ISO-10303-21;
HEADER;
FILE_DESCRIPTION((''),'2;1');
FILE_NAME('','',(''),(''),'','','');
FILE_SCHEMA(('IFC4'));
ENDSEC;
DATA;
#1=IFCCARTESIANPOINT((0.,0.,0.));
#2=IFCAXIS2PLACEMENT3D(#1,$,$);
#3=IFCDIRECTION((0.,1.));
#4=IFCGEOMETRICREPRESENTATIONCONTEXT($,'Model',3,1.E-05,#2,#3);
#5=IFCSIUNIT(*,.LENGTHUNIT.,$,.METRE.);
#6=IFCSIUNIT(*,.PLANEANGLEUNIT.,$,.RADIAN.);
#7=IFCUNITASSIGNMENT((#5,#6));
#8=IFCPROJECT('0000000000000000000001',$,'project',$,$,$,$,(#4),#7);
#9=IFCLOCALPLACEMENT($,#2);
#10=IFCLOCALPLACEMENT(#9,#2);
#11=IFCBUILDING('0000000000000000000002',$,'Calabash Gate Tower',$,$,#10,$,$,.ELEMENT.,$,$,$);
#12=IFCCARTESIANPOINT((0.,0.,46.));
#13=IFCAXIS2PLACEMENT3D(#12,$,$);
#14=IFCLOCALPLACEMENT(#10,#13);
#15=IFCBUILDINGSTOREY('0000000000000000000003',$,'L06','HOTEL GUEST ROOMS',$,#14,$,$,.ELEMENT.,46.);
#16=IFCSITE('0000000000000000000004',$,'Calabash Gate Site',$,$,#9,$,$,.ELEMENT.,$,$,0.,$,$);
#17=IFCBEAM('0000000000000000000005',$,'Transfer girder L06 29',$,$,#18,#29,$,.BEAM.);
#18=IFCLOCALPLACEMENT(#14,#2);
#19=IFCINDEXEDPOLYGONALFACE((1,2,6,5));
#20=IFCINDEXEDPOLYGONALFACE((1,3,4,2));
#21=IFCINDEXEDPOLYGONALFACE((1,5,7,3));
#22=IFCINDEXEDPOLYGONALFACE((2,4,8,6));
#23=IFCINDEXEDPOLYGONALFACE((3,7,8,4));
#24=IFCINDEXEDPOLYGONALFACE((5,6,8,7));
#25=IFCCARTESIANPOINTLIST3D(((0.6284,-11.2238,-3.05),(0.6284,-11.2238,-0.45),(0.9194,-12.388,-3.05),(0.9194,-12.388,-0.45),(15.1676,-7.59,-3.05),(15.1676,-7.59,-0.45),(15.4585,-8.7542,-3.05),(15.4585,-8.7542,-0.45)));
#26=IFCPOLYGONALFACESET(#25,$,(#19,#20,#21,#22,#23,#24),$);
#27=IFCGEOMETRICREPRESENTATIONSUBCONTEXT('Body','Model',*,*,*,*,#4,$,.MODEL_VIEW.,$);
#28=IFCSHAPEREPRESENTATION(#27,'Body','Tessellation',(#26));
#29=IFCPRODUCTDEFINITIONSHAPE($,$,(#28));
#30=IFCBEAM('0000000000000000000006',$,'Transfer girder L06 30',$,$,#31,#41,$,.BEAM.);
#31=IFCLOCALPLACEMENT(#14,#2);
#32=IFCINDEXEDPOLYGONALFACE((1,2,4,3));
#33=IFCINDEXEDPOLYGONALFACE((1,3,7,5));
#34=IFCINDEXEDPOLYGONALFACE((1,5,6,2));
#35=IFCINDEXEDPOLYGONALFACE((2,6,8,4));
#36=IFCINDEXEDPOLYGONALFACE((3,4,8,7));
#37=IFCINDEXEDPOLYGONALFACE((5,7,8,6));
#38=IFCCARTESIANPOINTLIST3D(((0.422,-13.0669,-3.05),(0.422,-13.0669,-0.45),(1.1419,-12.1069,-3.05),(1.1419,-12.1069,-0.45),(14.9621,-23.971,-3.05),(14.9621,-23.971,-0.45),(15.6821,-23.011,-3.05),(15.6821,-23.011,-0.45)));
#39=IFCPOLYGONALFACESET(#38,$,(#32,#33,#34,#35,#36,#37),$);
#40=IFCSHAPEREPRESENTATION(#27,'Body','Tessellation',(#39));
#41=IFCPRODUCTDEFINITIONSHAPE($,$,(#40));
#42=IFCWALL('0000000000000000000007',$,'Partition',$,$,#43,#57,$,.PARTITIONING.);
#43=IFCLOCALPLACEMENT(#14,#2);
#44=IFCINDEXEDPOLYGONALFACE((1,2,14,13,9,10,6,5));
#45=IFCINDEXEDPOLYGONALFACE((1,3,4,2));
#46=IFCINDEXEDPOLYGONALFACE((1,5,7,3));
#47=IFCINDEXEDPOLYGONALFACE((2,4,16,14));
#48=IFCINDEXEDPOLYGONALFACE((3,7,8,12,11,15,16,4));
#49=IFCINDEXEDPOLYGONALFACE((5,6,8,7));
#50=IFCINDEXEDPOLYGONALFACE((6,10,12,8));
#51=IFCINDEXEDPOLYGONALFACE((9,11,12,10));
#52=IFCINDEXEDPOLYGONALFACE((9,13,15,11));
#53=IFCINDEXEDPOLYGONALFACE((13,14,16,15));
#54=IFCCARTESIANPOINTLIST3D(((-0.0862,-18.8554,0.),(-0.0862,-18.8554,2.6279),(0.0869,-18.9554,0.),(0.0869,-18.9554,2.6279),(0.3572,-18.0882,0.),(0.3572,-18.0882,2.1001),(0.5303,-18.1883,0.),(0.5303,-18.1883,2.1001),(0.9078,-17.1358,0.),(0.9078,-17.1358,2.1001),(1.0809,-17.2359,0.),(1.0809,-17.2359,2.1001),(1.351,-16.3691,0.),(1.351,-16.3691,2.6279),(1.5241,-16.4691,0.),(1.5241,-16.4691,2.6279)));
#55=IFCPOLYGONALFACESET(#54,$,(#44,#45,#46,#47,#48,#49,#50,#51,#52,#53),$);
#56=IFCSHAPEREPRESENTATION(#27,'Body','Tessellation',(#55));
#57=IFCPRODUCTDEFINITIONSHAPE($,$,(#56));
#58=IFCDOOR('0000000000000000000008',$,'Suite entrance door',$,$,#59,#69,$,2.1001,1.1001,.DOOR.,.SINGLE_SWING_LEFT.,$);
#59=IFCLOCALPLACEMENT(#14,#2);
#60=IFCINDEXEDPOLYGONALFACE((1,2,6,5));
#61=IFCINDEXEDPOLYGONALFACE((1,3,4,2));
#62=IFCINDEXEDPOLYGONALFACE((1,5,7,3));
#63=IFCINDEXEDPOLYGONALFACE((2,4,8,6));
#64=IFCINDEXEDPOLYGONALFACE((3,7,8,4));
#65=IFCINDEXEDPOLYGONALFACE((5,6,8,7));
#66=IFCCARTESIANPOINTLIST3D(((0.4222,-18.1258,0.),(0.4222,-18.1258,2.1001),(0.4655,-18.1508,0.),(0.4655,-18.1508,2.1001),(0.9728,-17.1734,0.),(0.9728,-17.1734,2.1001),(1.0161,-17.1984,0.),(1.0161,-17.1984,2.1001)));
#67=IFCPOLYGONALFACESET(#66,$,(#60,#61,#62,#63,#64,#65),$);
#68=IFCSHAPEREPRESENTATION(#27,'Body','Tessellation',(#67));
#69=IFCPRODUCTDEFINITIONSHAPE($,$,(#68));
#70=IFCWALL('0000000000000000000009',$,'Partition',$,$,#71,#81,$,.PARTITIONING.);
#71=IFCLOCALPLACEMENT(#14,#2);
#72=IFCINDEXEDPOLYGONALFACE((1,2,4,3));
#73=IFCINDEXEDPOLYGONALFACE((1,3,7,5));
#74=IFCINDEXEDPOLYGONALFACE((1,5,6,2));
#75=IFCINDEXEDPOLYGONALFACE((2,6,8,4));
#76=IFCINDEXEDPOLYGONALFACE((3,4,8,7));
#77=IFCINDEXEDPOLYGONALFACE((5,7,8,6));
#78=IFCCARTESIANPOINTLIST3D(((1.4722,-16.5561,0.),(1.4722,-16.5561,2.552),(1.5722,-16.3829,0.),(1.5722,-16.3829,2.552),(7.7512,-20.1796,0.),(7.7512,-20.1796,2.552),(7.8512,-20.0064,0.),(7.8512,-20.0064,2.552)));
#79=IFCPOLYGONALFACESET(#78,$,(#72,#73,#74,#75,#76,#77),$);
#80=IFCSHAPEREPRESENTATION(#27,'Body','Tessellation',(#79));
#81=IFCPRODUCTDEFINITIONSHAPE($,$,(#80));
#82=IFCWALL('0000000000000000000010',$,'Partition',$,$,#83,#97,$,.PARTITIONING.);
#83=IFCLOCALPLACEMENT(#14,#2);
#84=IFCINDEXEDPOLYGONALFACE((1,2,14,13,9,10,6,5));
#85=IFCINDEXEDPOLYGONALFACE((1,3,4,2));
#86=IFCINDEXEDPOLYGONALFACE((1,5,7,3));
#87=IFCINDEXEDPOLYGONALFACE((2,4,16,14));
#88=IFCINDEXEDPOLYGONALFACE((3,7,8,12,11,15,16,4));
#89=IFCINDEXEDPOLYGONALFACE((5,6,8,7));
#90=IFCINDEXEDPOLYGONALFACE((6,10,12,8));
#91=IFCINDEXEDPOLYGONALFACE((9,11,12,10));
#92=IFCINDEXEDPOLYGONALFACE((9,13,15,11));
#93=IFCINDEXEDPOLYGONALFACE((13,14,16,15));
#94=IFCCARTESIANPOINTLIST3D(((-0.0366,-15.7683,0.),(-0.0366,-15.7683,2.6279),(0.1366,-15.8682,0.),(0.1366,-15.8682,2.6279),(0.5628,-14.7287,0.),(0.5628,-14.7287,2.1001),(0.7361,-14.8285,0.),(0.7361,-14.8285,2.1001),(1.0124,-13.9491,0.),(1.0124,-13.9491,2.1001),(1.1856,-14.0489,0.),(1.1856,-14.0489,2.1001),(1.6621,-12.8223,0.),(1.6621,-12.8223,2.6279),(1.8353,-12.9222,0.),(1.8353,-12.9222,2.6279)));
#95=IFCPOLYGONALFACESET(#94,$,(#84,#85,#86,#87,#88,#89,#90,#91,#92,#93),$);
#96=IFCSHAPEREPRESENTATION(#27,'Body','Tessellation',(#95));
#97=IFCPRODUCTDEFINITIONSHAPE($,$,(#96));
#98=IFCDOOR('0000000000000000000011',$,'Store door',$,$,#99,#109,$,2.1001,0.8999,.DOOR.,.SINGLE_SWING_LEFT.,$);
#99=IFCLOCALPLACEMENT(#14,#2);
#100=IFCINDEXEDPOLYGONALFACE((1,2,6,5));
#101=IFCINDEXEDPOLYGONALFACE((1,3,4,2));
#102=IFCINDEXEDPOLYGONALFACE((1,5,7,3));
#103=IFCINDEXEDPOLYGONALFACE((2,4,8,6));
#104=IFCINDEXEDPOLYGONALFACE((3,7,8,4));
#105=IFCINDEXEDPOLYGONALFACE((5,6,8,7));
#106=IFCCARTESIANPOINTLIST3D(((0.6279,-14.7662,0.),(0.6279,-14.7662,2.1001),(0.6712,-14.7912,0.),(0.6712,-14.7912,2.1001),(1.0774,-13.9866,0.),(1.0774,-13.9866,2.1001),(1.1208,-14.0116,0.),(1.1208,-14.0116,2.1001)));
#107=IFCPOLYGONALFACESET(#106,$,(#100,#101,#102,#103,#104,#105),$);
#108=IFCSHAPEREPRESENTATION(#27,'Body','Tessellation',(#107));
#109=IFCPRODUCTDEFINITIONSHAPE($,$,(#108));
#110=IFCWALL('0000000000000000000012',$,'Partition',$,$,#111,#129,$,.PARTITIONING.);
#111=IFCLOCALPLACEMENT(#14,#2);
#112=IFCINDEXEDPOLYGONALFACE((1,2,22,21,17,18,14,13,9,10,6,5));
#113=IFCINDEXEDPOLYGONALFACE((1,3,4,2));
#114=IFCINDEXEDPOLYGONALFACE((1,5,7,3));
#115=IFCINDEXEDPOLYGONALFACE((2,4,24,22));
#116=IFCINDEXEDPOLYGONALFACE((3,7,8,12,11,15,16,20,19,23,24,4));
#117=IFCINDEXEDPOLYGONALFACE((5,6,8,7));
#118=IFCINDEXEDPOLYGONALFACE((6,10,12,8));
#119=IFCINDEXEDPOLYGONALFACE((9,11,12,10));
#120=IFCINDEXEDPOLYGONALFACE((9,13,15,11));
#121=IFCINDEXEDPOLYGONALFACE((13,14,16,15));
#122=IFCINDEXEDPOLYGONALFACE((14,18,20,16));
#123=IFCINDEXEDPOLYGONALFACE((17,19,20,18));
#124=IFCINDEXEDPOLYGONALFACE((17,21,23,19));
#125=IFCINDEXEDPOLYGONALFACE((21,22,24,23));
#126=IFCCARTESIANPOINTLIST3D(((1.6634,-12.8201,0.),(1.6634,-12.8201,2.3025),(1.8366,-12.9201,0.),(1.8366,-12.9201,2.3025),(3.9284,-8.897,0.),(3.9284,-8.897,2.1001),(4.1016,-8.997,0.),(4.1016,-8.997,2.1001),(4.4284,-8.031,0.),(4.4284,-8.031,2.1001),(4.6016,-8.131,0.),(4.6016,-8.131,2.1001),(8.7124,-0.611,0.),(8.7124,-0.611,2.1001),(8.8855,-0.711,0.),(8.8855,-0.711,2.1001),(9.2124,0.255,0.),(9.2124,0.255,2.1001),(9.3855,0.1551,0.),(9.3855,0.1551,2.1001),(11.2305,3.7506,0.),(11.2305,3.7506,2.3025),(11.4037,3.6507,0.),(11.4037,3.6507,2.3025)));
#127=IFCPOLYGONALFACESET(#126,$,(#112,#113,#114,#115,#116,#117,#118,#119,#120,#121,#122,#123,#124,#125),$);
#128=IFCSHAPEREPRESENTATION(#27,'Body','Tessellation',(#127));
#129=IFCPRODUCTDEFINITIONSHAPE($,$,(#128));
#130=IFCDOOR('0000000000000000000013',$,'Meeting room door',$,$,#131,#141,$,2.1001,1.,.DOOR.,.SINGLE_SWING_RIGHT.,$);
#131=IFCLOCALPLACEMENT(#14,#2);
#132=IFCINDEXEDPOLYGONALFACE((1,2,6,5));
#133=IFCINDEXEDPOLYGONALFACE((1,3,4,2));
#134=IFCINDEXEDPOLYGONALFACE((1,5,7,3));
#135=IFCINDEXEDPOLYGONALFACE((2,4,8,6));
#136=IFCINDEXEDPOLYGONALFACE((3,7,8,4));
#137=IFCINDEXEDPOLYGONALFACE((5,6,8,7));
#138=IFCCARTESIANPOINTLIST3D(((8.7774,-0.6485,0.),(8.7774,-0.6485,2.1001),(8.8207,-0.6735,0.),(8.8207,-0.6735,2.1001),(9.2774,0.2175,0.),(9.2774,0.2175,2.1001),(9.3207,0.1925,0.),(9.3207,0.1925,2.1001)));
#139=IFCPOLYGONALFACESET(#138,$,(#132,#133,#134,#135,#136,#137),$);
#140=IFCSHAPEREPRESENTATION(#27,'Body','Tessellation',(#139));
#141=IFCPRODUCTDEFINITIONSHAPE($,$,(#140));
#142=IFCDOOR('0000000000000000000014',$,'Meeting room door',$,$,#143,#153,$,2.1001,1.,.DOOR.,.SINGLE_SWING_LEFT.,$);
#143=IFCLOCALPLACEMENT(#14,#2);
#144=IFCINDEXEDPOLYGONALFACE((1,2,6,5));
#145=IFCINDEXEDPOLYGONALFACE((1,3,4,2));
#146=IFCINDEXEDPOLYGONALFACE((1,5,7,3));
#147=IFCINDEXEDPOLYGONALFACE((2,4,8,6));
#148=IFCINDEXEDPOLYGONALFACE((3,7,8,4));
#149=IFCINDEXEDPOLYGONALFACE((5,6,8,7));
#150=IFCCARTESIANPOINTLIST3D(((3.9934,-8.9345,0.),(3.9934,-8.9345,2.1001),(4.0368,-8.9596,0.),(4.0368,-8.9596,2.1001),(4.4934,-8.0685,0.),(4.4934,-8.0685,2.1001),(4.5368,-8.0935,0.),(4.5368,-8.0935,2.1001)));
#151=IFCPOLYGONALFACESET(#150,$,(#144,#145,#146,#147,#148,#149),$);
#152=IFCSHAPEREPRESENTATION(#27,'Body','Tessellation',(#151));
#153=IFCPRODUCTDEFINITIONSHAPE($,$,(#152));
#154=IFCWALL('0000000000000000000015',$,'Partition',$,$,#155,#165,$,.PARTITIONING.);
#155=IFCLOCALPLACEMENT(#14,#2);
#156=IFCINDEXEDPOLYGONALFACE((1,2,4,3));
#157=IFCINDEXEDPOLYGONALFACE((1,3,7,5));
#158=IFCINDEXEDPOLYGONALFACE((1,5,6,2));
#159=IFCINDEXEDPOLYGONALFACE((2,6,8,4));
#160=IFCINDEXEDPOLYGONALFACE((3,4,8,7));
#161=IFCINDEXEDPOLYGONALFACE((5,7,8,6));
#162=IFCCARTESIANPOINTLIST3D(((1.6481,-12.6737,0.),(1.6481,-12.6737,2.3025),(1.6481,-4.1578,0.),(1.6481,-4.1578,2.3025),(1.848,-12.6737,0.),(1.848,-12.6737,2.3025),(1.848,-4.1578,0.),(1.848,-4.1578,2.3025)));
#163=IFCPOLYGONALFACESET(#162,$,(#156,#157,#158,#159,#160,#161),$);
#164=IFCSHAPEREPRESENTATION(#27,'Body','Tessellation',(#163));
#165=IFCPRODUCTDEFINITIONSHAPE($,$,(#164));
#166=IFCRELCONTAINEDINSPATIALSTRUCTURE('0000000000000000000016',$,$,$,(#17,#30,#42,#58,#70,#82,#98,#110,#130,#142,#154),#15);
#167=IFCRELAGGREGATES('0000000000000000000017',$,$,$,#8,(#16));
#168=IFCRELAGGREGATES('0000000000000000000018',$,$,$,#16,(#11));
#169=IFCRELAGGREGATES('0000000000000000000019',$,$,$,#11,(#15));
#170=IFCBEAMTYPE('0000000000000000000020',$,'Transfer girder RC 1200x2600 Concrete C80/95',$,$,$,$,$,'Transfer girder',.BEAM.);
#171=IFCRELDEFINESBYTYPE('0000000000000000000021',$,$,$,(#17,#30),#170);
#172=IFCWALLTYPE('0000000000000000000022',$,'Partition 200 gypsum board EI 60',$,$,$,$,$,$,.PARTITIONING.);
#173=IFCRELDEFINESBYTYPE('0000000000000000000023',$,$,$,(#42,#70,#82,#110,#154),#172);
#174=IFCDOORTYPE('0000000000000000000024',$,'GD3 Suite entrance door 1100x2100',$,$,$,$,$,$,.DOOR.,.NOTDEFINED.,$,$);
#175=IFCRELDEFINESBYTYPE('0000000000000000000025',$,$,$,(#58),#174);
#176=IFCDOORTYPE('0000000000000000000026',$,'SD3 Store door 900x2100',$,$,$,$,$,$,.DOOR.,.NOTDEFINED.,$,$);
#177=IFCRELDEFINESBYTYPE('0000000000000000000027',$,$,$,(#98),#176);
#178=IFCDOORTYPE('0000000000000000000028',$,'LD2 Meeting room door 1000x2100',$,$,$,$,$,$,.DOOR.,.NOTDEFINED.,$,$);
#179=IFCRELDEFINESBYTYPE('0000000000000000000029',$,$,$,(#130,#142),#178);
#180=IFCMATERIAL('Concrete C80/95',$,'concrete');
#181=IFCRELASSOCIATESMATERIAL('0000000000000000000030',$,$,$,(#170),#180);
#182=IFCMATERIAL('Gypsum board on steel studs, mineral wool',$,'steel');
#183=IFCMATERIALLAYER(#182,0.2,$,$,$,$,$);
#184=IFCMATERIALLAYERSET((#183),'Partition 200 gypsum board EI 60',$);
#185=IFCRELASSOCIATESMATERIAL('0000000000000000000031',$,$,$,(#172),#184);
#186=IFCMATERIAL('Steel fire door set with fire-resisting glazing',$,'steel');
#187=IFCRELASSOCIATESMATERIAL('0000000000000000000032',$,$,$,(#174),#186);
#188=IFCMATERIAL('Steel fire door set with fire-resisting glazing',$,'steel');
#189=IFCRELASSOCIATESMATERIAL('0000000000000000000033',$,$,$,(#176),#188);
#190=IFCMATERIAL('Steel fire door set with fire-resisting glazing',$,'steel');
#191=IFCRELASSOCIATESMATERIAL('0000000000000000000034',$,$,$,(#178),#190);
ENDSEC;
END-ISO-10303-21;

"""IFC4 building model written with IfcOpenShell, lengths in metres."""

from ifc_helpers import new_model, si_unit, direction, frame, frame_2d, origin, origin_2d, place, context, subcontext, project, spatial, rectangle, extrude, material, layer, layer_set, material_profile, profile_set, type_object, element, fill, save


model = new_model("IFC4")

# Units and contexts
model_context = context("Model", 3, precision=1e-05, world=origin(), true_north=direction((0.0, 1.0)))
body_context = subcontext(model_context, "Body", "Model", "MODEL_VIEW")
ifc_project = project(units=[si_unit("LENGTHUNIT", "METRE"), si_unit("PLANEANGLEUNIT", "RADIAN")], contexts=[model_context])

# Site, building, storey
site_placement = place(None, origin())
site = spatial("IfcSite", under=ifc_project, at=site_placement, Name="Calabash Gate Site", CompositionType="ELEMENT", RefElevation=0.0)
building_placement = place(site_placement, origin())
building = spatial("IfcBuilding", under=site, at=building_placement, Name="Calabash Gate Tower", CompositionType="ELEMENT")
storey_placement = place(building_placement, frame((0.0, 0.0, 46.0)))
storey = spatial("IfcBuildingStorey", under=building, at=storey_placement, Name="L06", Description="HOTEL GUEST ROOMS", CompositionType="ELEMENT", Elevation=46.0)

# Beams
ifc_material_1 = material(Name="Concrete C80/95", Category="concrete")
ifc_material_profile_1 = material_profile(ifc_material_1, rectangle(XDim=1.2, YDim=2.6001, at=origin_2d()))
ifc_profile_set_1 = profile_set([ifc_material_profile_1], Name="Concrete C80/95")
beam_type_1 = type_object("IfcBeamType", Name="Transfer girder RC 1200x2600 Concrete C80/95", ElementType="Transfer girder", PredefinedType="BEAM", material=ifc_profile_set_1)
beam_1_placement = place(storey_placement, frame((0.7739, -11.8059, -1.75), z_axis=(0.970158, 0.242474, 0.0), x_axis=(-0.242474, 0.970158, 0.0)))
element("IfcBeam", 1, at=beam_1_placement, inside=storey, type_object=beam_type_1, Name="Transfer girder L06 29", PredefinedType="BEAM", context=body_context, shape_type="SweptSolid", body=[
    extrude(rectangle(XDim=1.2, YDim=2.6001, at=origin_2d()), origin(), (0.0, 0.0, 1.0), 14.9863),
])
beam_2_placement = place(storey_placement, frame((0.782, -12.5869, -1.75), z_axis=(0.800026, -0.599966, 0.0), x_axis=(0.599966, 0.800026, 0.0)))
element("IfcBeam", 2, at=beam_2_placement, inside=storey, type_object=beam_type_1, Name="Transfer girder L06 30", PredefinedType="BEAM", context=body_context, shape_type="SweptSolid", body=[
    extrude(rectangle(XDim=1.2, YDim=2.6001, at=origin_2d()), origin(), (0.0, 0.0, 1.0), 18.1746),
])

# Wall, opening, door
ifc_material_2 = material(Name="Gypsum board on steel studs, mineral wool", Category="steel")
ifc_layer = layer(ifc_material_2, 0.2)
ifc_layer_set = layer_set([ifc_layer], Name="Partition 200 gypsum board EI 60")
wall_type = type_object("IfcWallType", Name="Partition 200 gypsum board EI 60", PredefinedType="PARTITIONING", material=ifc_layer_set)
wall_1_placement = place(storey_placement, frame((0.0002, -18.9055, 0.0), z_axis=(0.0, 0.0, 1.0), x_axis=(0.500463, 0.865758, 0.0)))
wall_1 = element("IfcWall", 3, at=wall_1_placement, inside=storey, type_object=wall_type, Name="Partition", PredefinedType="PARTITIONING", context=body_context, shape_type="SweptSolid", body=[
    extrude(rectangle(XDim=2.8718, YDim=0.2, at=frame_2d((1.436, 0.0))), origin(), (0.0, 0.0, 1.0), 2.6279),
])
opening_1_placement = place(wall_1_placement, frame((0.8862, 0.0, 0.0)))
opening_1 = element("IfcOpeningElement", 4, at=opening_1_placement, cuts=wall_1, PredefinedType="OPENING", context=body_context, shape_type="SweptSolid", body=[
    extrude(rectangle(XDim=1.1001, YDim=2.1001, at=frame_2d((0.55, 1.05))), frame((0.0, 0.1099, 0.0), z_axis=(0.0, -1.0, 0.0), x_axis=(1.0, 0.0, 0.0)), (0.0, 0.0, 1.0), 0.22),
])
ifc_material_3 = material(Name="Steel fire door set with fire-resisting glazing", Category="steel")
door_type_1 = type_object("IfcDoorType", Name="GD3 Suite entrance door 1100x2100", OperationType="NOTDEFINED", PredefinedType="DOOR", material=ifc_material_3)
door_1_placement = place(opening_1_placement, origin())
door_1 = element("IfcDoor", 5, at=door_1_placement, inside=storey, type_object=door_type_1, Name="Suite entrance door", OperationType="SINGLE_SWING_LEFT", OverallHeight=2.1001, OverallWidth=1.1001, PredefinedType="DOOR", context=body_context, shape_type="SweptSolid", body=[
    extrude(rectangle(XDim=1.1001, YDim=2.1001, at=frame_2d((0.55, 1.05))), frame((0.0, 0.0249, 0.0), z_axis=(0.0, -1.0, 0.0), x_axis=(1.0, 0.0, 0.0)), (0.0, 0.0, 1.0), 0.05),
])
fill(opening_1, door_1)

# Wall
wall_2_placement = place(storey_placement, frame((1.5222, -16.4695, 0.0), z_axis=(0.0, 0.0, 1.0), x_axis=(0.866126, -0.499826, 0.0)))
element("IfcWall", 6, at=wall_2_placement, inside=storey, type_object=wall_type, Name="Partition", PredefinedType="PARTITIONING", context=body_context, shape_type="SweptSolid", body=[
    extrude(rectangle(XDim=7.2495, YDim=0.2, at=frame_2d((3.6248, 0.0))), origin(), (0.0, 0.0, 1.0), 2.552),
])

# Wall, opening, door
wall_3_placement = place(storey_placement, frame((0.05, -15.8181, 0.0), z_axis=(0.0, 0.0, 1.0), x_axis=(0.499521, 0.866301, 0.0)))
wall_3 = element("IfcWall", 7, at=wall_3_placement, inside=storey, type_object=wall_type, Name="Partition", PredefinedType="PARTITIONING", context=body_context, shape_type="SweptSolid", body=[
    extrude(rectangle(XDim=3.4006, YDim=0.2, at=frame_2d((1.7002, 0.0))), origin(), (0.0, 0.0, 1.0), 2.6279),
])
opening_2_placement = place(wall_3_placement, frame((1.2, 0.0, 0.0)))
opening_2 = element("IfcOpeningElement", 8, at=opening_2_placement, cuts=wall_3, PredefinedType="OPENING", context=body_context, shape_type="SweptSolid", body=[
    extrude(rectangle(XDim=0.8999, YDim=2.1001, at=frame_2d((0.45, 1.05))), frame((0.0, 0.1099, 0.0), z_axis=(0.0, -1.0, 0.0), x_axis=(1.0, 0.0, 0.0)), (0.0, 0.0, 1.0), 0.22),
])
ifc_material_4 = material(Name="Steel fire door set with fire-resisting glazing", Category="steel")
door_type_2 = type_object("IfcDoorType", Name="SD3 Store door 900x2100", OperationType="NOTDEFINED", PredefinedType="DOOR", material=ifc_material_4)
door_2_placement = place(opening_2_placement, origin())
door_2 = element("IfcDoor", 9, at=door_2_placement, inside=storey, type_object=door_type_2, Name="Store door", OperationType="SINGLE_SWING_LEFT", OverallHeight=2.1001, OverallWidth=0.8999, PredefinedType="DOOR", context=body_context, shape_type="SweptSolid", body=[
    extrude(rectangle(XDim=0.8999, YDim=2.1001, at=frame_2d((0.45, 1.05))), frame((0.0, 0.0249, 0.0), z_axis=(0.0, -1.0, 0.0), x_axis=(1.0, 0.0, 0.0)), (0.0, 0.0, 1.0), 0.05),
])
fill(opening_2, door_2)

# Wall, openings, doors
wall_4_placement = place(storey_placement, frame((1.75, -12.8701, 0.0), z_axis=(0.0, 0.0, 1.0), x_axis=(0.499999, 0.866026, 0.0)))
wall_4 = element("IfcWall", 10, at=wall_4_placement, inside=storey, type_object=wall_type, Name="Partition", PredefinedType="PARTITIONING", context=body_context, shape_type="SweptSolid", body=[
    extrude(rectangle(XDim=19.1343, YDim=0.2, at=frame_2d((9.5671, 0.0))), origin(), (0.0, 0.0, 1.0), 2.3025),
])
opening_3_placement = place(wall_4_placement, frame((14.0979, 0.0, 0.0)))
opening_3 = element("IfcOpeningElement", 11, at=opening_3_placement, cuts=wall_4, PredefinedType="OPENING", context=body_context, shape_type="SweptSolid", body=[
    extrude(rectangle(XDim=1.0, YDim=2.1001, at=frame_2d((0.5, 1.05))), frame((0.0, 0.1099, 0.0), z_axis=(0.0, -1.0, 0.0), x_axis=(1.0, 0.0, 0.0)), (0.0, 0.0, 1.0), 0.22),
])
opening_4_placement = place(wall_4_placement, frame((4.53, 0.0, 0.0)))
opening_4 = element("IfcOpeningElement", 12, at=opening_4_placement, cuts=wall_4, PredefinedType="OPENING", context=body_context, shape_type="SweptSolid", body=[
    extrude(rectangle(XDim=1.0, YDim=2.1001, at=frame_2d((0.5, 1.05))), frame((0.0, 0.1099, 0.0), z_axis=(0.0, -1.0, 0.0), x_axis=(1.0, 0.0, 0.0)), (0.0, 0.0, 1.0), 0.22),
])
ifc_material_5 = material(Name="Steel fire door set with fire-resisting glazing", Category="steel")
door_type_3 = type_object("IfcDoorType", Name="LD2 Meeting room door 1000x2100", OperationType="NOTDEFINED", PredefinedType="DOOR", material=ifc_material_5)
door_3_placement = place(opening_3_placement, origin())
door_3 = element("IfcDoor", 13, at=door_3_placement, inside=storey, type_object=door_type_3, Name="Meeting room door", OperationType="SINGLE_SWING_RIGHT", OverallHeight=2.1001, OverallWidth=1.0, PredefinedType="DOOR", context=body_context, shape_type="SweptSolid", body=[
    extrude(rectangle(XDim=1.0, YDim=2.1001, at=frame_2d((0.5, 1.05))), frame((0.0, 0.0249, 0.0), z_axis=(0.0, -1.0, 0.0), x_axis=(1.0, 0.0, 0.0)), (0.0, 0.0, 1.0), 0.05),
])
fill(opening_3, door_3)
door_4_placement = place(opening_4_placement, origin())
door_4 = element("IfcDoor", 14, at=door_4_placement, inside=storey, type_object=door_type_3, Name="Meeting room door", OperationType="SINGLE_SWING_LEFT", OverallHeight=2.1001, OverallWidth=1.0, PredefinedType="DOOR", context=body_context, shape_type="SweptSolid", body=[
    extrude(rectangle(XDim=1.0, YDim=2.1001, at=frame_2d((0.5, 1.05))), frame((0.0, 0.0249, 0.0), z_axis=(0.0, -1.0, 0.0), x_axis=(1.0, 0.0, 0.0)), (0.0, 0.0, 1.0), 0.05),
])
fill(opening_4, door_4)

# Wall
wall_5_placement = place(storey_placement, frame((1.748, -12.6736, 0.0), z_axis=(0.0, 0.0, 1.0), x_axis=(0.0, 1.0, 0.0)))
element("IfcWall", 15, at=wall_5_placement, inside=storey, type_object=wall_type, Name="Partition", PredefinedType="PARTITIONING", context=body_context, shape_type="SweptSolid", body=[
    extrude(rectangle(XDim=8.5159, YDim=0.2, at=frame_2d((4.2578, 0.0))), origin(), (0.0, 0.0, 1.0), 2.3025),
])

save(model, "model.ifc")
